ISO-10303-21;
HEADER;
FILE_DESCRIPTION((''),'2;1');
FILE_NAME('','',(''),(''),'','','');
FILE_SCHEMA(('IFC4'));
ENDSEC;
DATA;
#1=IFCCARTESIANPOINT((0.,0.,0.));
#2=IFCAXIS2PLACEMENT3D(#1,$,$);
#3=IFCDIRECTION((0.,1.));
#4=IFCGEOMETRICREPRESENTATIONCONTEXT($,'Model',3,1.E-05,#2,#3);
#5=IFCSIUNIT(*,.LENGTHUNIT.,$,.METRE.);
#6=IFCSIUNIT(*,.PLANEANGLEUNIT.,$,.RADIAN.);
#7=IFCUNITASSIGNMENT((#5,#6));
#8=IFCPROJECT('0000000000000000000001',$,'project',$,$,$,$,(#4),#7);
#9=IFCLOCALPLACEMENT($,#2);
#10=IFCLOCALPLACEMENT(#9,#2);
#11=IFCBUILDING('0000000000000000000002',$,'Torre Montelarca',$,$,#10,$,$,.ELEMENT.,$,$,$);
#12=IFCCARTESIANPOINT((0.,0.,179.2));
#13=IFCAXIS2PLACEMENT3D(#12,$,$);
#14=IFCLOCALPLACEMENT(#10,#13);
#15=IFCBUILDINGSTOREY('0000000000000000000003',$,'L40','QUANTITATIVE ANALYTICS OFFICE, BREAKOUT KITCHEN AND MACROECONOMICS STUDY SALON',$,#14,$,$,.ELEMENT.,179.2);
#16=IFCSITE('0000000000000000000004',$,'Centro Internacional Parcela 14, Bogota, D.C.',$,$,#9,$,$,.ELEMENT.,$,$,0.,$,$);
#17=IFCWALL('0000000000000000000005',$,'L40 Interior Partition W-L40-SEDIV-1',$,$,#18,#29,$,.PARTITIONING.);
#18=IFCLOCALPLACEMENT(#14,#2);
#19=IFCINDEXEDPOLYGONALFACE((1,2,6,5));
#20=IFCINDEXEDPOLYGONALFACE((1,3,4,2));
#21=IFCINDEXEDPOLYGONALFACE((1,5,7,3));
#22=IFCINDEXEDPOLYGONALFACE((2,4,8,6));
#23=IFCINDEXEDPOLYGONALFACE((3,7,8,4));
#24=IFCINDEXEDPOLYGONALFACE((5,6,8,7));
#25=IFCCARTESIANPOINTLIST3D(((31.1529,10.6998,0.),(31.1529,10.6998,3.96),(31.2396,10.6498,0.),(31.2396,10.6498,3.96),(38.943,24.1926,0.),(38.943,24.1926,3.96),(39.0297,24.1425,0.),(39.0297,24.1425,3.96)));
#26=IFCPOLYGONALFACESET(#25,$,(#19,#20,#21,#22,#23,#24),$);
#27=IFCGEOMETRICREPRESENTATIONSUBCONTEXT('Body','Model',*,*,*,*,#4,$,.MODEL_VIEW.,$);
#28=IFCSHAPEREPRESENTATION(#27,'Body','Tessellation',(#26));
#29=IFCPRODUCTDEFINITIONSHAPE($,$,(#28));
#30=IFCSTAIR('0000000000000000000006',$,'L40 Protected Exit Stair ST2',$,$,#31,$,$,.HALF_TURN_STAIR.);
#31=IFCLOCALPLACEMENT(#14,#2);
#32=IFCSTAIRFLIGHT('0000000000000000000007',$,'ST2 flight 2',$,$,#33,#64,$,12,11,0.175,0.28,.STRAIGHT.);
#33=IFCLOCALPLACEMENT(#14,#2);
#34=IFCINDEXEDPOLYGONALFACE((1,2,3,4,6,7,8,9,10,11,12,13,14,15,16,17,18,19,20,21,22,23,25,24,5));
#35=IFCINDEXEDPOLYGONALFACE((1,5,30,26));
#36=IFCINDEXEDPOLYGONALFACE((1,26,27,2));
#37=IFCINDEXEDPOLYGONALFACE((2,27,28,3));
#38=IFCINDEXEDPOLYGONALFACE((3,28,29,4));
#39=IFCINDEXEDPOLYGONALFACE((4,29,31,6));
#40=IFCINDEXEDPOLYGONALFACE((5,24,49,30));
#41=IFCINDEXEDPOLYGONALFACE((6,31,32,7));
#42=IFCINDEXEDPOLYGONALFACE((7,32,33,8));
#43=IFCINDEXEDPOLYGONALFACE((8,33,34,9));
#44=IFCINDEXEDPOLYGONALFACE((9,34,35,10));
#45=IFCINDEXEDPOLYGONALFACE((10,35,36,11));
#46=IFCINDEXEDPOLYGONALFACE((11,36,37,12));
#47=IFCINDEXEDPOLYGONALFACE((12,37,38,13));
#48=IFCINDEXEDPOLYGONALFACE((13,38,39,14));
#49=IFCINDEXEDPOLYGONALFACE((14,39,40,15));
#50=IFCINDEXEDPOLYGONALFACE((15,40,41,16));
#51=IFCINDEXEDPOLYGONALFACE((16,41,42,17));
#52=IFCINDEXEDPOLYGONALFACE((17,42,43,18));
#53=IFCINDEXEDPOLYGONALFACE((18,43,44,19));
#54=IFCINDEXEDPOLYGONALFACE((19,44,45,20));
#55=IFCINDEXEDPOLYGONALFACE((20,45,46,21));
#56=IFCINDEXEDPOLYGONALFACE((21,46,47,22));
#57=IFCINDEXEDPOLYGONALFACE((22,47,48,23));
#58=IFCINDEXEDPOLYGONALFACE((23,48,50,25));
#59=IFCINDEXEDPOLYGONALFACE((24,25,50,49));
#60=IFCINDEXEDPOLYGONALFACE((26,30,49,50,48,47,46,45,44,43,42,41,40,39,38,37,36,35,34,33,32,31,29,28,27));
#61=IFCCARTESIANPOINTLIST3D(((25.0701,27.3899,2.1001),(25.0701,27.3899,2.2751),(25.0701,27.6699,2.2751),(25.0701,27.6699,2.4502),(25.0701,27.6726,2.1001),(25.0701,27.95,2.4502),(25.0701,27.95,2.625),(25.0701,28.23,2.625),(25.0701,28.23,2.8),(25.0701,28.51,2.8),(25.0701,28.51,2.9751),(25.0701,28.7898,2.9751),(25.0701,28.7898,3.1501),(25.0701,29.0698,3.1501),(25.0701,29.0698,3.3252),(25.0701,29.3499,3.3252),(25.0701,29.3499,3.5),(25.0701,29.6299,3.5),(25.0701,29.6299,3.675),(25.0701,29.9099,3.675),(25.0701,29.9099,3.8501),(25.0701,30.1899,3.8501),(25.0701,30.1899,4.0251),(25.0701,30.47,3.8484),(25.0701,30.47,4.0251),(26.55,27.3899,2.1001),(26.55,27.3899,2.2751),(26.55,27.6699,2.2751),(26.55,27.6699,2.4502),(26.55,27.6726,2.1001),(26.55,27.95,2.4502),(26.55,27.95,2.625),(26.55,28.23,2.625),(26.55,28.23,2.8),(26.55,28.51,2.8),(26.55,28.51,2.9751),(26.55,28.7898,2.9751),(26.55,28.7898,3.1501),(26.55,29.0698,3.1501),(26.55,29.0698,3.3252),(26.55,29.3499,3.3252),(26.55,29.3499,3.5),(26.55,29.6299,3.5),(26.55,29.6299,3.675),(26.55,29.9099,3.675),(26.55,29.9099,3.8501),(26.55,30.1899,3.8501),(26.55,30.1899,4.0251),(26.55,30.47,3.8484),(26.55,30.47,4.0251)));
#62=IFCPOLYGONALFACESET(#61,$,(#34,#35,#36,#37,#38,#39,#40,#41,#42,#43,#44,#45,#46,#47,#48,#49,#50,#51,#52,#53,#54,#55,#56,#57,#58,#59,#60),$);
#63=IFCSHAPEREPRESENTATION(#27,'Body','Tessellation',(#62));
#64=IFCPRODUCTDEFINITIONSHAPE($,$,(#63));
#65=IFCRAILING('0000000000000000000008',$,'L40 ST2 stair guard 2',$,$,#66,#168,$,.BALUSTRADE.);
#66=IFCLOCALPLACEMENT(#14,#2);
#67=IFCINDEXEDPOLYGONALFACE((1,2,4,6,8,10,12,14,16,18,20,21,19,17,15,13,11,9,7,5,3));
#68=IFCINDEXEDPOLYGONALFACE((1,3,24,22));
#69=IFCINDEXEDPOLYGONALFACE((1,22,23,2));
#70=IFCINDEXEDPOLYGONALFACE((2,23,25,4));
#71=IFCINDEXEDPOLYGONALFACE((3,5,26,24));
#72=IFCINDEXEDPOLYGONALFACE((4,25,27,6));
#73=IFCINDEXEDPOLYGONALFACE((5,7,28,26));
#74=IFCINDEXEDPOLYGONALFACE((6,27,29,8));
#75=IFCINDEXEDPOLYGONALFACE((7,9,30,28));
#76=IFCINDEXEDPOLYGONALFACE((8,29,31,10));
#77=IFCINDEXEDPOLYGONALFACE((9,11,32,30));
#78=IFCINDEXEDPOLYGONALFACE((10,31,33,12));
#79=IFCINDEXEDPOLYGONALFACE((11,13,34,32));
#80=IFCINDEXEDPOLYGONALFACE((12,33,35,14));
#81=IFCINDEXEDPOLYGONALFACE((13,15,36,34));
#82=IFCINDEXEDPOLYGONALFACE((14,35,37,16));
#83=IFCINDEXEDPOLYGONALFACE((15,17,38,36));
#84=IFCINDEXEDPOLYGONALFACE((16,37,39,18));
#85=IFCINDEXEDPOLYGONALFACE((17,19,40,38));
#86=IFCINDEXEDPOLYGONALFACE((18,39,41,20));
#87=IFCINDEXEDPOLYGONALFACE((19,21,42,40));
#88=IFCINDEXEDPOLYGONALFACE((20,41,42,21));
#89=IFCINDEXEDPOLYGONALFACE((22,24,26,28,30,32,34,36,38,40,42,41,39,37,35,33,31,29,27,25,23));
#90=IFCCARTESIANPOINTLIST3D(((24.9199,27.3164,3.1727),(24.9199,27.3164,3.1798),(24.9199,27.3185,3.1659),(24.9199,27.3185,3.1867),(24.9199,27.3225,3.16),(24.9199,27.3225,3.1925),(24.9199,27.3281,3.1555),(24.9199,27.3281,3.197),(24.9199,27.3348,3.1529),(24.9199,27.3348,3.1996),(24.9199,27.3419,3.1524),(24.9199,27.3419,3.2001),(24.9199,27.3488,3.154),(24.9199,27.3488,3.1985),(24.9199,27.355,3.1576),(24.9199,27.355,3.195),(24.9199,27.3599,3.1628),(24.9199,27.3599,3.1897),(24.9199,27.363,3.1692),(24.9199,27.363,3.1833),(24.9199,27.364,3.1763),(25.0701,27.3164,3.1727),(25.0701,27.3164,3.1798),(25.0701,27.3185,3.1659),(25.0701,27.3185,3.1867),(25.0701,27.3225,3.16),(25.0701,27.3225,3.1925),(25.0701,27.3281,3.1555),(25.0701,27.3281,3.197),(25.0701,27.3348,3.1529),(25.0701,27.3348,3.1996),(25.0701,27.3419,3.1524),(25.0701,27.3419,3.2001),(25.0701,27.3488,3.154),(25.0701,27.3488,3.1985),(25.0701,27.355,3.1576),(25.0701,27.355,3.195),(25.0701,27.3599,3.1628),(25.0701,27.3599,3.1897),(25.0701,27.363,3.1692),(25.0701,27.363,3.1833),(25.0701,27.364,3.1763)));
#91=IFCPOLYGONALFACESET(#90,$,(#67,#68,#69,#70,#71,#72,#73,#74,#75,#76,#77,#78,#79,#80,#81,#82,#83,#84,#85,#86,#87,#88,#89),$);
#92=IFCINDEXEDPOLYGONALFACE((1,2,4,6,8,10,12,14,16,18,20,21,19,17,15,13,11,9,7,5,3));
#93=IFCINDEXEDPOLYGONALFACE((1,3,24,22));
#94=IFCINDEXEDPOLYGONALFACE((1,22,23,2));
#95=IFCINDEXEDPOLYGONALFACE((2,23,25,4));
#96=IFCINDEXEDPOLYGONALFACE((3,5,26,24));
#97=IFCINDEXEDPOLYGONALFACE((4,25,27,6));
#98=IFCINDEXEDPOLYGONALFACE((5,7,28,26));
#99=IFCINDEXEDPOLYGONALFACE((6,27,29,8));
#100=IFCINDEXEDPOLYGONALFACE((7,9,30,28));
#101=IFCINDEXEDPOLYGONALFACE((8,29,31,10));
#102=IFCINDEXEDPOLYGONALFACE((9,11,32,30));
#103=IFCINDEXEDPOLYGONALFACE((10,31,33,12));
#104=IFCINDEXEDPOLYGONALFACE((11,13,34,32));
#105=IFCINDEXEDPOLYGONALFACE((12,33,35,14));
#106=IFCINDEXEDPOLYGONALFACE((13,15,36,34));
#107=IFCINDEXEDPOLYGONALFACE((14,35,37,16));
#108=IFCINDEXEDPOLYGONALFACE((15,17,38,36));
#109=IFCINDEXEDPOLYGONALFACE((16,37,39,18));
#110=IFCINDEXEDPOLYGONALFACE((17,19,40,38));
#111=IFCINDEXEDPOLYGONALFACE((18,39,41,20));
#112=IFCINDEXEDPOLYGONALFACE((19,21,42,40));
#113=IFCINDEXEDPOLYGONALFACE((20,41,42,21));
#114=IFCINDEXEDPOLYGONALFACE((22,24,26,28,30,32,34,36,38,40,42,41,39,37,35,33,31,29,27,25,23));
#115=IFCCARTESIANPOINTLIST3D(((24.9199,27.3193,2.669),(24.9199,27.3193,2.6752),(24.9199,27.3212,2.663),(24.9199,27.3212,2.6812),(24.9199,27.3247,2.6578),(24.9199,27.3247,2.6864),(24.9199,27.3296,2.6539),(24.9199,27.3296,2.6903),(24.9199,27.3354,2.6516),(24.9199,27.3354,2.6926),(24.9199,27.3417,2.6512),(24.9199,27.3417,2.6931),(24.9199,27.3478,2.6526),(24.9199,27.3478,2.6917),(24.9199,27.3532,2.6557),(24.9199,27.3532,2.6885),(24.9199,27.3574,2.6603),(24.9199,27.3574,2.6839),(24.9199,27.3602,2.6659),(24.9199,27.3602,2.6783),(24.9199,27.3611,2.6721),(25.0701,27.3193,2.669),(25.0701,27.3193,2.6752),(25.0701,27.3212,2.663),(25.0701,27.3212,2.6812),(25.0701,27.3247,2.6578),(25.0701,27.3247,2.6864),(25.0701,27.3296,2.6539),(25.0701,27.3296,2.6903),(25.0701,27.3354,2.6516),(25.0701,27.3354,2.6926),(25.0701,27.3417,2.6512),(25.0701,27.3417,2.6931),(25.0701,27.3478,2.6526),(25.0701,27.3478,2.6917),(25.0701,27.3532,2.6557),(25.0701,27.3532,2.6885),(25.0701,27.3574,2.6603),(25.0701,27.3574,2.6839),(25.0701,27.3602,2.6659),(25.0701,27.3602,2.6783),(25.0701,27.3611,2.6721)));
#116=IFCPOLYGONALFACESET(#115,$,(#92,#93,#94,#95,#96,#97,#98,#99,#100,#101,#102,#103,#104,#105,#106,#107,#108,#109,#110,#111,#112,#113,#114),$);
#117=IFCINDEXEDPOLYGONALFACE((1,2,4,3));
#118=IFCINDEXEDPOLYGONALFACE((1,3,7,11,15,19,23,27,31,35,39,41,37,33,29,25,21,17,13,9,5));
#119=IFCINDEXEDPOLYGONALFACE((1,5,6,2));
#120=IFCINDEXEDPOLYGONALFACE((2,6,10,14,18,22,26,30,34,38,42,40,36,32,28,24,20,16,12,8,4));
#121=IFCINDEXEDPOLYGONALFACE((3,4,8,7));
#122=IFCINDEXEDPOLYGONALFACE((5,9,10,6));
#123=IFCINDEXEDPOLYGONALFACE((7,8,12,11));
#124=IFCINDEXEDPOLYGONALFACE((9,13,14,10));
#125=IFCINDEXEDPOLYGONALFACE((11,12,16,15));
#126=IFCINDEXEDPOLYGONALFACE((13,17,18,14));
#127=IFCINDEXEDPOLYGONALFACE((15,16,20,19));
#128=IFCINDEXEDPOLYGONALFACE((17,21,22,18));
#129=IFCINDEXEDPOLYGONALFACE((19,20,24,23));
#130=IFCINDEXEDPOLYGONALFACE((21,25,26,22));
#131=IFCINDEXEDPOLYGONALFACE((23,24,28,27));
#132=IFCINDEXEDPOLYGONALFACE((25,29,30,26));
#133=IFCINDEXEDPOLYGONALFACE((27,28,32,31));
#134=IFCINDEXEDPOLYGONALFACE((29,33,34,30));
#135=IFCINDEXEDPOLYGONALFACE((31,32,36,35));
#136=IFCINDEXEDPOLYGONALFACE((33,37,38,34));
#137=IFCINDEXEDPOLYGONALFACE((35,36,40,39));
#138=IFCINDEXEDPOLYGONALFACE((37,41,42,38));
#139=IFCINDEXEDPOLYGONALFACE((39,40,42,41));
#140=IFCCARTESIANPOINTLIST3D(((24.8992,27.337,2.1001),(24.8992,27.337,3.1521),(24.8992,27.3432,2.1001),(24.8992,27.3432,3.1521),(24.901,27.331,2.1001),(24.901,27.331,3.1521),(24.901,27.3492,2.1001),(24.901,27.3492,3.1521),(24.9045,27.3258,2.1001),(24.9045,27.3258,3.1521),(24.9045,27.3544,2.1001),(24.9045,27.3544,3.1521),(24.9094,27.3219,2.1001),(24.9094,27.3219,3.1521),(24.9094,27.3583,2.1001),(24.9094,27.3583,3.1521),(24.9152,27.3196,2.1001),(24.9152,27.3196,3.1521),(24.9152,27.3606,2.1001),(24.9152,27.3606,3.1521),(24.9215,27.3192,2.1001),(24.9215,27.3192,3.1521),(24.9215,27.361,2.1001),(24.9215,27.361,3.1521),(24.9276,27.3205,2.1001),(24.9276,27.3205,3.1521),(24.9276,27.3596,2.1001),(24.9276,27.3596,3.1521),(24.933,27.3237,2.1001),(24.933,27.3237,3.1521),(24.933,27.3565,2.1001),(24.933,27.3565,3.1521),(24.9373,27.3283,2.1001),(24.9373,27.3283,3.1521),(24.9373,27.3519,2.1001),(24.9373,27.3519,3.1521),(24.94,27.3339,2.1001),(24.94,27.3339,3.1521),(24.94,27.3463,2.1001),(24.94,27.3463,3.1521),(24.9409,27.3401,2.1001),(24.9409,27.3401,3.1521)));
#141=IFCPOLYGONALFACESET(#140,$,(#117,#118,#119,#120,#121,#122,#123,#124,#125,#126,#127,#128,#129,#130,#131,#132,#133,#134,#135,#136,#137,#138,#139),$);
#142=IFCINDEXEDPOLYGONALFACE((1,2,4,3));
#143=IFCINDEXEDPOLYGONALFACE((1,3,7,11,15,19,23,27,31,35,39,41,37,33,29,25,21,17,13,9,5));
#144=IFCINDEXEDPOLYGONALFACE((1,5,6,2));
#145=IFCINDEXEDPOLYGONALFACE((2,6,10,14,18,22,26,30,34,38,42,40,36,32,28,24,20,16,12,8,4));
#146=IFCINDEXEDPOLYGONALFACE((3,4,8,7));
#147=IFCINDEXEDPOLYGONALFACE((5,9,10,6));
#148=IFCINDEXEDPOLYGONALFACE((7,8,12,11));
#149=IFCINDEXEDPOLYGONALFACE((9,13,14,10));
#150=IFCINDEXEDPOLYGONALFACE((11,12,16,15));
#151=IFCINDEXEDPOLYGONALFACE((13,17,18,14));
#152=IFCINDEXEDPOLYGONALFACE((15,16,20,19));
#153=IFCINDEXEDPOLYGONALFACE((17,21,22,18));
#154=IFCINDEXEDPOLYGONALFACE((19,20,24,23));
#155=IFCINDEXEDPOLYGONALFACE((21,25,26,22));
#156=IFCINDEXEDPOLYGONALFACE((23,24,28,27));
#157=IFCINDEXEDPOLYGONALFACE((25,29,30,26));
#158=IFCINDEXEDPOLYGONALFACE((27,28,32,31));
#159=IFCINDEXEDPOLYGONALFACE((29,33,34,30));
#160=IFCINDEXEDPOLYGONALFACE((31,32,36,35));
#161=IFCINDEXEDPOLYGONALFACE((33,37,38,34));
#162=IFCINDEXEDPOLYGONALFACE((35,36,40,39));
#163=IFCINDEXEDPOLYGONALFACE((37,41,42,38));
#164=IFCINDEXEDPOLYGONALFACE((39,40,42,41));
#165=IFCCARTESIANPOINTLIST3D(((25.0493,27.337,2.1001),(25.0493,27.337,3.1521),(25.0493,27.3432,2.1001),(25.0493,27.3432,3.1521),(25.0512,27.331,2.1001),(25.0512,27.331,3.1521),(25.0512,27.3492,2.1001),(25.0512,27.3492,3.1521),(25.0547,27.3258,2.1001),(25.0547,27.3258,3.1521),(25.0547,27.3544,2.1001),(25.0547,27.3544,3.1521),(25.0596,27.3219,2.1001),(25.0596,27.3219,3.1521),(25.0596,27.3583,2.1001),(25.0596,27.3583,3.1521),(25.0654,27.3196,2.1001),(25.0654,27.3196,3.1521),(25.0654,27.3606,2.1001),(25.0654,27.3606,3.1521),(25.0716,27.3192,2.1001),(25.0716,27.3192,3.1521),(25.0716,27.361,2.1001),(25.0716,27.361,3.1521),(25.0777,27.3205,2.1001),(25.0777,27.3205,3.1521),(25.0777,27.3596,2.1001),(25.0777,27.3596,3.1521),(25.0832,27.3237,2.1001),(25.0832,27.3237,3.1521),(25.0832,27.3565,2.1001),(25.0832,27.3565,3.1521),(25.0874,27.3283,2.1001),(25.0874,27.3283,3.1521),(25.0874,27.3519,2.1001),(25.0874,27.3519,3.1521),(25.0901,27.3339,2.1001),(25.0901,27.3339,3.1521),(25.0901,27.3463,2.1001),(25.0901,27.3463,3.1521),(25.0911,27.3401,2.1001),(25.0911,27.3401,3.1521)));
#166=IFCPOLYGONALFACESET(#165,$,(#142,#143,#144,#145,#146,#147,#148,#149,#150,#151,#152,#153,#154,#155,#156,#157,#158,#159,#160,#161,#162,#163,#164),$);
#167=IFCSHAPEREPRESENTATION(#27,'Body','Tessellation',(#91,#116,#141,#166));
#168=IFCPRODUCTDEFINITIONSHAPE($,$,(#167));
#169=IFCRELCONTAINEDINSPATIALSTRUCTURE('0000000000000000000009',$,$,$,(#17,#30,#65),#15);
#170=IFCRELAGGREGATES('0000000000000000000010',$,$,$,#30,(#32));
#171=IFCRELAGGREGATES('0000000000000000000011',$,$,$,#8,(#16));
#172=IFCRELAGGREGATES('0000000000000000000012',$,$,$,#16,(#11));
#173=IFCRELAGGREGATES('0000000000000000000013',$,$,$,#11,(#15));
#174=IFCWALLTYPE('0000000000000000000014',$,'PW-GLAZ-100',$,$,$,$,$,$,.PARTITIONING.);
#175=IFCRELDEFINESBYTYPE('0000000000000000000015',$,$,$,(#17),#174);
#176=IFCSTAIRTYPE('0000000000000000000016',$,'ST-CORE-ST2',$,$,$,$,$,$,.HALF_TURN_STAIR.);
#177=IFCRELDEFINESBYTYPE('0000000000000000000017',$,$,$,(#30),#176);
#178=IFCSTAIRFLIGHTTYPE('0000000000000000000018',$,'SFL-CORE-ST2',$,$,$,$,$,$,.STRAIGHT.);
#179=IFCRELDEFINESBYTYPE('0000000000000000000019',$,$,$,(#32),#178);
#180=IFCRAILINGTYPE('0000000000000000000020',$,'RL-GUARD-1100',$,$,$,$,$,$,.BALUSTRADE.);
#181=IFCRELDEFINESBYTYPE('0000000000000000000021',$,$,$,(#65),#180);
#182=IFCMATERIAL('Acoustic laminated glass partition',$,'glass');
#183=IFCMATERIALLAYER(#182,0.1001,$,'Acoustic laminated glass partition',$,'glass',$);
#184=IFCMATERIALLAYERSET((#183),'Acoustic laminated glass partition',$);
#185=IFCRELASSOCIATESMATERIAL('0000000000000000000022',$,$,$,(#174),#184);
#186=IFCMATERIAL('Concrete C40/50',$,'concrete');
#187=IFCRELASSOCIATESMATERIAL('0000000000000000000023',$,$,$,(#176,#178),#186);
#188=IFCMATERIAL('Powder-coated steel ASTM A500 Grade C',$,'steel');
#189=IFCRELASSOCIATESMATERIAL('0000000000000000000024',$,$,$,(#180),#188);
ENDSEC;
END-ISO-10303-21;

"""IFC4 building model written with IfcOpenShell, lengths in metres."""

from ifc_helpers import new_model, si_unit, direction, frame, frame_2d, origin, origin_2d, place, context, subcontext, project, spatial, polyline, rectangle, circle, outline, extrude, material, layer, layer_set, type_object, element, aggregate, save


model = new_model("IFC4")

# Units and contexts
model_context = context("Model", 3, precision=1e-05, world=origin(), true_north=direction((0.0, 1.0)))
body_context = subcontext(model_context, "Body", "Model", "MODEL_VIEW")
ifc_project = project(units=[si_unit("LENGTHUNIT", "METRE"), si_unit("PLANEANGLEUNIT", "RADIAN")], contexts=[model_context])

# Site, building, storey
site_placement = place(None, origin())
site = spatial("IfcSite", under=ifc_project, at=site_placement, Name="Centro Internacional Parcela 14, Bogota, D.C.", CompositionType="ELEMENT", RefElevation=0.0)
building_placement = place(site_placement, origin())
building = spatial("IfcBuilding", under=site, at=building_placement, Name="Torre Montelarca", CompositionType="ELEMENT")
storey_placement = place(building_placement, frame((0.0, 0.0, 179.2)))
storey = spatial("IfcBuildingStorey", under=building, at=storey_placement, Name="L40", Description="QUANTITATIVE ANALYTICS OFFICE, BREAKOUT KITCHEN AND MACROECONOMICS STUDY SALON", CompositionType="ELEMENT", Elevation=179.2)

# Shared definitions
ifc_material_1 = material(Name="Concrete C40/50", Category="concrete")

# Wall
ifc_material_2 = material(Name="Acoustic laminated glass partition", Category="glass")
ifc_layer_1 = layer(ifc_material_2, 0.1001, Name="Acoustic laminated glass partition", Category="glass")
ifc_layer_set_1 = layer_set([ifc_layer_1], Name="Acoustic laminated glass partition")
wall_type_1 = type_object("IfcWallType", Name="PW-GLAZ-100", PredefinedType="PARTITIONING", material=ifc_layer_set_1)
wall_1_placement = place(storey_placement, frame((31.1963, 10.6748, 0.0), z_axis=(0.0, 0.0, 1.0), x_axis=(0.500002, 0.866024, 0.0)))
element("IfcWall", 1, at=wall_1_placement, inside=storey, type_object=wall_type_1, Name="L40 Interior Partition W-L40-SEDIV-1", PredefinedType="PARTITIONING", context=body_context, shape_type="SweptSolid", body=[
    extrude(rectangle(XDim=15.5801, YDim=0.1001, at=frame_2d((7.79, 0.0))), origin(), (0.0, 0.0, 1.0), 3.96),
])

# Stair, stair flight
stair_type = type_object("IfcStairType", Name="ST-CORE-ST2", PredefinedType="HALF_TURN_STAIR", material=ifc_material_1)
stair_placement = place(storey_placement, origin())
stair = element("IfcStair", 2, at=stair_placement, inside=storey, type_object=stair_type, Name="L40 Protected Exit Stair ST2", PredefinedType="HALF_TURN_STAIR")
stair_flight_type = type_object("IfcStairFlightType", Name="SFL-CORE-ST2", PredefinedType="STRAIGHT", material=ifc_material_1)
stair_flight_placement = place(storey_placement, frame((25.8101, 27.3899, 2.1001), z_axis=(0.0, 0.0, 1.0), x_axis=(0.0, 1.0, 0.0)))
stair_flight = element("IfcStairFlight", 3, at=stair_flight_placement, type_object=stair_flight_type, Name="ST2 flight 2", NumberOfRisers=12, NumberOfTreads=11, PredefinedType="STRAIGHT", RiserHeight=0.175, TreadLength=0.28, context=body_context, shape_type="SweptSolid", body=[
    extrude(outline(polyline([(0.0, 0.0), (0.0, 0.175), (0.28, 0.175), (0.28, 0.3501), (0.5601, 0.3501), (0.5601, 0.5249), (0.8401, 0.5249), (0.8401, 0.7), (1.1201, 0.7), (1.1201, 0.875), (1.3999, 0.875), (1.3999, 1.05), (1.6799, 1.05), (1.6799, 1.2251), (1.96, 1.2251), (1.96, 1.3999), (2.24, 1.3999), (2.24, 1.575), (2.52, 1.575), (2.52, 1.75), (2.8, 1.75), (2.8, 1.925), (3.0801, 1.925), (3.0801, 2.1001), (3.0801, 1.7483), (0.2827, 0.0), (0.0, 0.0)])), frame((0.0, 0.74, 0.0), z_axis=(0.0, -1.0, 0.0), x_axis=(1.0, 0.0, 0.0)), (0.0, 0.0, 1.0), 1.48),
])
aggregate(stair, [stair_flight])

# Railing
ifc_material_3 = material(Name="Powder-coated steel ASTM A500 Grade C", Category="steel")
railing_type_1 = type_object("IfcRailingType", Name="RL-GUARD-1100", PredefinedType="BALUSTRADE", material=ifc_material_3)
railing_1_placement = place(storey_placement, frame((24.9199, 27.3401, 2.1001)))
element("IfcRailing", 4, at=railing_1_placement, inside=storey, type_object=railing_type_1, Name="L40 ST2 stair guard 2", PredefinedType="BALUSTRADE", context=body_context, shape_type="SweptSolid", body=[
    extrude(circle(Radius=0.0239, at=origin_2d()), frame((0.0, 0.0, 1.0762), z_axis=(1.0, 0.0, 0.0), x_axis=(0.0, 1.0, 0.0)), (0.0, 0.0, 1.0), 0.1501),
    extrude(circle(Radius=0.021, at=origin_2d()), frame((0.0, 0.0, 0.572), z_axis=(1.0, 0.0, 0.0), x_axis=(0.0, 1.0, 0.0)), (0.0, 0.0, 1.0), 0.1501),
    extrude(circle(Radius=0.021, at=origin_2d()), origin(), (0.0, 0.0, 1.0), 1.052),
    extrude(circle(Radius=0.021, at=origin_2d()), frame((0.1501, 0.0, 0.0)), (0.0, 0.0, 1.0), 1.052),
])

save(model, "model.ifc")
